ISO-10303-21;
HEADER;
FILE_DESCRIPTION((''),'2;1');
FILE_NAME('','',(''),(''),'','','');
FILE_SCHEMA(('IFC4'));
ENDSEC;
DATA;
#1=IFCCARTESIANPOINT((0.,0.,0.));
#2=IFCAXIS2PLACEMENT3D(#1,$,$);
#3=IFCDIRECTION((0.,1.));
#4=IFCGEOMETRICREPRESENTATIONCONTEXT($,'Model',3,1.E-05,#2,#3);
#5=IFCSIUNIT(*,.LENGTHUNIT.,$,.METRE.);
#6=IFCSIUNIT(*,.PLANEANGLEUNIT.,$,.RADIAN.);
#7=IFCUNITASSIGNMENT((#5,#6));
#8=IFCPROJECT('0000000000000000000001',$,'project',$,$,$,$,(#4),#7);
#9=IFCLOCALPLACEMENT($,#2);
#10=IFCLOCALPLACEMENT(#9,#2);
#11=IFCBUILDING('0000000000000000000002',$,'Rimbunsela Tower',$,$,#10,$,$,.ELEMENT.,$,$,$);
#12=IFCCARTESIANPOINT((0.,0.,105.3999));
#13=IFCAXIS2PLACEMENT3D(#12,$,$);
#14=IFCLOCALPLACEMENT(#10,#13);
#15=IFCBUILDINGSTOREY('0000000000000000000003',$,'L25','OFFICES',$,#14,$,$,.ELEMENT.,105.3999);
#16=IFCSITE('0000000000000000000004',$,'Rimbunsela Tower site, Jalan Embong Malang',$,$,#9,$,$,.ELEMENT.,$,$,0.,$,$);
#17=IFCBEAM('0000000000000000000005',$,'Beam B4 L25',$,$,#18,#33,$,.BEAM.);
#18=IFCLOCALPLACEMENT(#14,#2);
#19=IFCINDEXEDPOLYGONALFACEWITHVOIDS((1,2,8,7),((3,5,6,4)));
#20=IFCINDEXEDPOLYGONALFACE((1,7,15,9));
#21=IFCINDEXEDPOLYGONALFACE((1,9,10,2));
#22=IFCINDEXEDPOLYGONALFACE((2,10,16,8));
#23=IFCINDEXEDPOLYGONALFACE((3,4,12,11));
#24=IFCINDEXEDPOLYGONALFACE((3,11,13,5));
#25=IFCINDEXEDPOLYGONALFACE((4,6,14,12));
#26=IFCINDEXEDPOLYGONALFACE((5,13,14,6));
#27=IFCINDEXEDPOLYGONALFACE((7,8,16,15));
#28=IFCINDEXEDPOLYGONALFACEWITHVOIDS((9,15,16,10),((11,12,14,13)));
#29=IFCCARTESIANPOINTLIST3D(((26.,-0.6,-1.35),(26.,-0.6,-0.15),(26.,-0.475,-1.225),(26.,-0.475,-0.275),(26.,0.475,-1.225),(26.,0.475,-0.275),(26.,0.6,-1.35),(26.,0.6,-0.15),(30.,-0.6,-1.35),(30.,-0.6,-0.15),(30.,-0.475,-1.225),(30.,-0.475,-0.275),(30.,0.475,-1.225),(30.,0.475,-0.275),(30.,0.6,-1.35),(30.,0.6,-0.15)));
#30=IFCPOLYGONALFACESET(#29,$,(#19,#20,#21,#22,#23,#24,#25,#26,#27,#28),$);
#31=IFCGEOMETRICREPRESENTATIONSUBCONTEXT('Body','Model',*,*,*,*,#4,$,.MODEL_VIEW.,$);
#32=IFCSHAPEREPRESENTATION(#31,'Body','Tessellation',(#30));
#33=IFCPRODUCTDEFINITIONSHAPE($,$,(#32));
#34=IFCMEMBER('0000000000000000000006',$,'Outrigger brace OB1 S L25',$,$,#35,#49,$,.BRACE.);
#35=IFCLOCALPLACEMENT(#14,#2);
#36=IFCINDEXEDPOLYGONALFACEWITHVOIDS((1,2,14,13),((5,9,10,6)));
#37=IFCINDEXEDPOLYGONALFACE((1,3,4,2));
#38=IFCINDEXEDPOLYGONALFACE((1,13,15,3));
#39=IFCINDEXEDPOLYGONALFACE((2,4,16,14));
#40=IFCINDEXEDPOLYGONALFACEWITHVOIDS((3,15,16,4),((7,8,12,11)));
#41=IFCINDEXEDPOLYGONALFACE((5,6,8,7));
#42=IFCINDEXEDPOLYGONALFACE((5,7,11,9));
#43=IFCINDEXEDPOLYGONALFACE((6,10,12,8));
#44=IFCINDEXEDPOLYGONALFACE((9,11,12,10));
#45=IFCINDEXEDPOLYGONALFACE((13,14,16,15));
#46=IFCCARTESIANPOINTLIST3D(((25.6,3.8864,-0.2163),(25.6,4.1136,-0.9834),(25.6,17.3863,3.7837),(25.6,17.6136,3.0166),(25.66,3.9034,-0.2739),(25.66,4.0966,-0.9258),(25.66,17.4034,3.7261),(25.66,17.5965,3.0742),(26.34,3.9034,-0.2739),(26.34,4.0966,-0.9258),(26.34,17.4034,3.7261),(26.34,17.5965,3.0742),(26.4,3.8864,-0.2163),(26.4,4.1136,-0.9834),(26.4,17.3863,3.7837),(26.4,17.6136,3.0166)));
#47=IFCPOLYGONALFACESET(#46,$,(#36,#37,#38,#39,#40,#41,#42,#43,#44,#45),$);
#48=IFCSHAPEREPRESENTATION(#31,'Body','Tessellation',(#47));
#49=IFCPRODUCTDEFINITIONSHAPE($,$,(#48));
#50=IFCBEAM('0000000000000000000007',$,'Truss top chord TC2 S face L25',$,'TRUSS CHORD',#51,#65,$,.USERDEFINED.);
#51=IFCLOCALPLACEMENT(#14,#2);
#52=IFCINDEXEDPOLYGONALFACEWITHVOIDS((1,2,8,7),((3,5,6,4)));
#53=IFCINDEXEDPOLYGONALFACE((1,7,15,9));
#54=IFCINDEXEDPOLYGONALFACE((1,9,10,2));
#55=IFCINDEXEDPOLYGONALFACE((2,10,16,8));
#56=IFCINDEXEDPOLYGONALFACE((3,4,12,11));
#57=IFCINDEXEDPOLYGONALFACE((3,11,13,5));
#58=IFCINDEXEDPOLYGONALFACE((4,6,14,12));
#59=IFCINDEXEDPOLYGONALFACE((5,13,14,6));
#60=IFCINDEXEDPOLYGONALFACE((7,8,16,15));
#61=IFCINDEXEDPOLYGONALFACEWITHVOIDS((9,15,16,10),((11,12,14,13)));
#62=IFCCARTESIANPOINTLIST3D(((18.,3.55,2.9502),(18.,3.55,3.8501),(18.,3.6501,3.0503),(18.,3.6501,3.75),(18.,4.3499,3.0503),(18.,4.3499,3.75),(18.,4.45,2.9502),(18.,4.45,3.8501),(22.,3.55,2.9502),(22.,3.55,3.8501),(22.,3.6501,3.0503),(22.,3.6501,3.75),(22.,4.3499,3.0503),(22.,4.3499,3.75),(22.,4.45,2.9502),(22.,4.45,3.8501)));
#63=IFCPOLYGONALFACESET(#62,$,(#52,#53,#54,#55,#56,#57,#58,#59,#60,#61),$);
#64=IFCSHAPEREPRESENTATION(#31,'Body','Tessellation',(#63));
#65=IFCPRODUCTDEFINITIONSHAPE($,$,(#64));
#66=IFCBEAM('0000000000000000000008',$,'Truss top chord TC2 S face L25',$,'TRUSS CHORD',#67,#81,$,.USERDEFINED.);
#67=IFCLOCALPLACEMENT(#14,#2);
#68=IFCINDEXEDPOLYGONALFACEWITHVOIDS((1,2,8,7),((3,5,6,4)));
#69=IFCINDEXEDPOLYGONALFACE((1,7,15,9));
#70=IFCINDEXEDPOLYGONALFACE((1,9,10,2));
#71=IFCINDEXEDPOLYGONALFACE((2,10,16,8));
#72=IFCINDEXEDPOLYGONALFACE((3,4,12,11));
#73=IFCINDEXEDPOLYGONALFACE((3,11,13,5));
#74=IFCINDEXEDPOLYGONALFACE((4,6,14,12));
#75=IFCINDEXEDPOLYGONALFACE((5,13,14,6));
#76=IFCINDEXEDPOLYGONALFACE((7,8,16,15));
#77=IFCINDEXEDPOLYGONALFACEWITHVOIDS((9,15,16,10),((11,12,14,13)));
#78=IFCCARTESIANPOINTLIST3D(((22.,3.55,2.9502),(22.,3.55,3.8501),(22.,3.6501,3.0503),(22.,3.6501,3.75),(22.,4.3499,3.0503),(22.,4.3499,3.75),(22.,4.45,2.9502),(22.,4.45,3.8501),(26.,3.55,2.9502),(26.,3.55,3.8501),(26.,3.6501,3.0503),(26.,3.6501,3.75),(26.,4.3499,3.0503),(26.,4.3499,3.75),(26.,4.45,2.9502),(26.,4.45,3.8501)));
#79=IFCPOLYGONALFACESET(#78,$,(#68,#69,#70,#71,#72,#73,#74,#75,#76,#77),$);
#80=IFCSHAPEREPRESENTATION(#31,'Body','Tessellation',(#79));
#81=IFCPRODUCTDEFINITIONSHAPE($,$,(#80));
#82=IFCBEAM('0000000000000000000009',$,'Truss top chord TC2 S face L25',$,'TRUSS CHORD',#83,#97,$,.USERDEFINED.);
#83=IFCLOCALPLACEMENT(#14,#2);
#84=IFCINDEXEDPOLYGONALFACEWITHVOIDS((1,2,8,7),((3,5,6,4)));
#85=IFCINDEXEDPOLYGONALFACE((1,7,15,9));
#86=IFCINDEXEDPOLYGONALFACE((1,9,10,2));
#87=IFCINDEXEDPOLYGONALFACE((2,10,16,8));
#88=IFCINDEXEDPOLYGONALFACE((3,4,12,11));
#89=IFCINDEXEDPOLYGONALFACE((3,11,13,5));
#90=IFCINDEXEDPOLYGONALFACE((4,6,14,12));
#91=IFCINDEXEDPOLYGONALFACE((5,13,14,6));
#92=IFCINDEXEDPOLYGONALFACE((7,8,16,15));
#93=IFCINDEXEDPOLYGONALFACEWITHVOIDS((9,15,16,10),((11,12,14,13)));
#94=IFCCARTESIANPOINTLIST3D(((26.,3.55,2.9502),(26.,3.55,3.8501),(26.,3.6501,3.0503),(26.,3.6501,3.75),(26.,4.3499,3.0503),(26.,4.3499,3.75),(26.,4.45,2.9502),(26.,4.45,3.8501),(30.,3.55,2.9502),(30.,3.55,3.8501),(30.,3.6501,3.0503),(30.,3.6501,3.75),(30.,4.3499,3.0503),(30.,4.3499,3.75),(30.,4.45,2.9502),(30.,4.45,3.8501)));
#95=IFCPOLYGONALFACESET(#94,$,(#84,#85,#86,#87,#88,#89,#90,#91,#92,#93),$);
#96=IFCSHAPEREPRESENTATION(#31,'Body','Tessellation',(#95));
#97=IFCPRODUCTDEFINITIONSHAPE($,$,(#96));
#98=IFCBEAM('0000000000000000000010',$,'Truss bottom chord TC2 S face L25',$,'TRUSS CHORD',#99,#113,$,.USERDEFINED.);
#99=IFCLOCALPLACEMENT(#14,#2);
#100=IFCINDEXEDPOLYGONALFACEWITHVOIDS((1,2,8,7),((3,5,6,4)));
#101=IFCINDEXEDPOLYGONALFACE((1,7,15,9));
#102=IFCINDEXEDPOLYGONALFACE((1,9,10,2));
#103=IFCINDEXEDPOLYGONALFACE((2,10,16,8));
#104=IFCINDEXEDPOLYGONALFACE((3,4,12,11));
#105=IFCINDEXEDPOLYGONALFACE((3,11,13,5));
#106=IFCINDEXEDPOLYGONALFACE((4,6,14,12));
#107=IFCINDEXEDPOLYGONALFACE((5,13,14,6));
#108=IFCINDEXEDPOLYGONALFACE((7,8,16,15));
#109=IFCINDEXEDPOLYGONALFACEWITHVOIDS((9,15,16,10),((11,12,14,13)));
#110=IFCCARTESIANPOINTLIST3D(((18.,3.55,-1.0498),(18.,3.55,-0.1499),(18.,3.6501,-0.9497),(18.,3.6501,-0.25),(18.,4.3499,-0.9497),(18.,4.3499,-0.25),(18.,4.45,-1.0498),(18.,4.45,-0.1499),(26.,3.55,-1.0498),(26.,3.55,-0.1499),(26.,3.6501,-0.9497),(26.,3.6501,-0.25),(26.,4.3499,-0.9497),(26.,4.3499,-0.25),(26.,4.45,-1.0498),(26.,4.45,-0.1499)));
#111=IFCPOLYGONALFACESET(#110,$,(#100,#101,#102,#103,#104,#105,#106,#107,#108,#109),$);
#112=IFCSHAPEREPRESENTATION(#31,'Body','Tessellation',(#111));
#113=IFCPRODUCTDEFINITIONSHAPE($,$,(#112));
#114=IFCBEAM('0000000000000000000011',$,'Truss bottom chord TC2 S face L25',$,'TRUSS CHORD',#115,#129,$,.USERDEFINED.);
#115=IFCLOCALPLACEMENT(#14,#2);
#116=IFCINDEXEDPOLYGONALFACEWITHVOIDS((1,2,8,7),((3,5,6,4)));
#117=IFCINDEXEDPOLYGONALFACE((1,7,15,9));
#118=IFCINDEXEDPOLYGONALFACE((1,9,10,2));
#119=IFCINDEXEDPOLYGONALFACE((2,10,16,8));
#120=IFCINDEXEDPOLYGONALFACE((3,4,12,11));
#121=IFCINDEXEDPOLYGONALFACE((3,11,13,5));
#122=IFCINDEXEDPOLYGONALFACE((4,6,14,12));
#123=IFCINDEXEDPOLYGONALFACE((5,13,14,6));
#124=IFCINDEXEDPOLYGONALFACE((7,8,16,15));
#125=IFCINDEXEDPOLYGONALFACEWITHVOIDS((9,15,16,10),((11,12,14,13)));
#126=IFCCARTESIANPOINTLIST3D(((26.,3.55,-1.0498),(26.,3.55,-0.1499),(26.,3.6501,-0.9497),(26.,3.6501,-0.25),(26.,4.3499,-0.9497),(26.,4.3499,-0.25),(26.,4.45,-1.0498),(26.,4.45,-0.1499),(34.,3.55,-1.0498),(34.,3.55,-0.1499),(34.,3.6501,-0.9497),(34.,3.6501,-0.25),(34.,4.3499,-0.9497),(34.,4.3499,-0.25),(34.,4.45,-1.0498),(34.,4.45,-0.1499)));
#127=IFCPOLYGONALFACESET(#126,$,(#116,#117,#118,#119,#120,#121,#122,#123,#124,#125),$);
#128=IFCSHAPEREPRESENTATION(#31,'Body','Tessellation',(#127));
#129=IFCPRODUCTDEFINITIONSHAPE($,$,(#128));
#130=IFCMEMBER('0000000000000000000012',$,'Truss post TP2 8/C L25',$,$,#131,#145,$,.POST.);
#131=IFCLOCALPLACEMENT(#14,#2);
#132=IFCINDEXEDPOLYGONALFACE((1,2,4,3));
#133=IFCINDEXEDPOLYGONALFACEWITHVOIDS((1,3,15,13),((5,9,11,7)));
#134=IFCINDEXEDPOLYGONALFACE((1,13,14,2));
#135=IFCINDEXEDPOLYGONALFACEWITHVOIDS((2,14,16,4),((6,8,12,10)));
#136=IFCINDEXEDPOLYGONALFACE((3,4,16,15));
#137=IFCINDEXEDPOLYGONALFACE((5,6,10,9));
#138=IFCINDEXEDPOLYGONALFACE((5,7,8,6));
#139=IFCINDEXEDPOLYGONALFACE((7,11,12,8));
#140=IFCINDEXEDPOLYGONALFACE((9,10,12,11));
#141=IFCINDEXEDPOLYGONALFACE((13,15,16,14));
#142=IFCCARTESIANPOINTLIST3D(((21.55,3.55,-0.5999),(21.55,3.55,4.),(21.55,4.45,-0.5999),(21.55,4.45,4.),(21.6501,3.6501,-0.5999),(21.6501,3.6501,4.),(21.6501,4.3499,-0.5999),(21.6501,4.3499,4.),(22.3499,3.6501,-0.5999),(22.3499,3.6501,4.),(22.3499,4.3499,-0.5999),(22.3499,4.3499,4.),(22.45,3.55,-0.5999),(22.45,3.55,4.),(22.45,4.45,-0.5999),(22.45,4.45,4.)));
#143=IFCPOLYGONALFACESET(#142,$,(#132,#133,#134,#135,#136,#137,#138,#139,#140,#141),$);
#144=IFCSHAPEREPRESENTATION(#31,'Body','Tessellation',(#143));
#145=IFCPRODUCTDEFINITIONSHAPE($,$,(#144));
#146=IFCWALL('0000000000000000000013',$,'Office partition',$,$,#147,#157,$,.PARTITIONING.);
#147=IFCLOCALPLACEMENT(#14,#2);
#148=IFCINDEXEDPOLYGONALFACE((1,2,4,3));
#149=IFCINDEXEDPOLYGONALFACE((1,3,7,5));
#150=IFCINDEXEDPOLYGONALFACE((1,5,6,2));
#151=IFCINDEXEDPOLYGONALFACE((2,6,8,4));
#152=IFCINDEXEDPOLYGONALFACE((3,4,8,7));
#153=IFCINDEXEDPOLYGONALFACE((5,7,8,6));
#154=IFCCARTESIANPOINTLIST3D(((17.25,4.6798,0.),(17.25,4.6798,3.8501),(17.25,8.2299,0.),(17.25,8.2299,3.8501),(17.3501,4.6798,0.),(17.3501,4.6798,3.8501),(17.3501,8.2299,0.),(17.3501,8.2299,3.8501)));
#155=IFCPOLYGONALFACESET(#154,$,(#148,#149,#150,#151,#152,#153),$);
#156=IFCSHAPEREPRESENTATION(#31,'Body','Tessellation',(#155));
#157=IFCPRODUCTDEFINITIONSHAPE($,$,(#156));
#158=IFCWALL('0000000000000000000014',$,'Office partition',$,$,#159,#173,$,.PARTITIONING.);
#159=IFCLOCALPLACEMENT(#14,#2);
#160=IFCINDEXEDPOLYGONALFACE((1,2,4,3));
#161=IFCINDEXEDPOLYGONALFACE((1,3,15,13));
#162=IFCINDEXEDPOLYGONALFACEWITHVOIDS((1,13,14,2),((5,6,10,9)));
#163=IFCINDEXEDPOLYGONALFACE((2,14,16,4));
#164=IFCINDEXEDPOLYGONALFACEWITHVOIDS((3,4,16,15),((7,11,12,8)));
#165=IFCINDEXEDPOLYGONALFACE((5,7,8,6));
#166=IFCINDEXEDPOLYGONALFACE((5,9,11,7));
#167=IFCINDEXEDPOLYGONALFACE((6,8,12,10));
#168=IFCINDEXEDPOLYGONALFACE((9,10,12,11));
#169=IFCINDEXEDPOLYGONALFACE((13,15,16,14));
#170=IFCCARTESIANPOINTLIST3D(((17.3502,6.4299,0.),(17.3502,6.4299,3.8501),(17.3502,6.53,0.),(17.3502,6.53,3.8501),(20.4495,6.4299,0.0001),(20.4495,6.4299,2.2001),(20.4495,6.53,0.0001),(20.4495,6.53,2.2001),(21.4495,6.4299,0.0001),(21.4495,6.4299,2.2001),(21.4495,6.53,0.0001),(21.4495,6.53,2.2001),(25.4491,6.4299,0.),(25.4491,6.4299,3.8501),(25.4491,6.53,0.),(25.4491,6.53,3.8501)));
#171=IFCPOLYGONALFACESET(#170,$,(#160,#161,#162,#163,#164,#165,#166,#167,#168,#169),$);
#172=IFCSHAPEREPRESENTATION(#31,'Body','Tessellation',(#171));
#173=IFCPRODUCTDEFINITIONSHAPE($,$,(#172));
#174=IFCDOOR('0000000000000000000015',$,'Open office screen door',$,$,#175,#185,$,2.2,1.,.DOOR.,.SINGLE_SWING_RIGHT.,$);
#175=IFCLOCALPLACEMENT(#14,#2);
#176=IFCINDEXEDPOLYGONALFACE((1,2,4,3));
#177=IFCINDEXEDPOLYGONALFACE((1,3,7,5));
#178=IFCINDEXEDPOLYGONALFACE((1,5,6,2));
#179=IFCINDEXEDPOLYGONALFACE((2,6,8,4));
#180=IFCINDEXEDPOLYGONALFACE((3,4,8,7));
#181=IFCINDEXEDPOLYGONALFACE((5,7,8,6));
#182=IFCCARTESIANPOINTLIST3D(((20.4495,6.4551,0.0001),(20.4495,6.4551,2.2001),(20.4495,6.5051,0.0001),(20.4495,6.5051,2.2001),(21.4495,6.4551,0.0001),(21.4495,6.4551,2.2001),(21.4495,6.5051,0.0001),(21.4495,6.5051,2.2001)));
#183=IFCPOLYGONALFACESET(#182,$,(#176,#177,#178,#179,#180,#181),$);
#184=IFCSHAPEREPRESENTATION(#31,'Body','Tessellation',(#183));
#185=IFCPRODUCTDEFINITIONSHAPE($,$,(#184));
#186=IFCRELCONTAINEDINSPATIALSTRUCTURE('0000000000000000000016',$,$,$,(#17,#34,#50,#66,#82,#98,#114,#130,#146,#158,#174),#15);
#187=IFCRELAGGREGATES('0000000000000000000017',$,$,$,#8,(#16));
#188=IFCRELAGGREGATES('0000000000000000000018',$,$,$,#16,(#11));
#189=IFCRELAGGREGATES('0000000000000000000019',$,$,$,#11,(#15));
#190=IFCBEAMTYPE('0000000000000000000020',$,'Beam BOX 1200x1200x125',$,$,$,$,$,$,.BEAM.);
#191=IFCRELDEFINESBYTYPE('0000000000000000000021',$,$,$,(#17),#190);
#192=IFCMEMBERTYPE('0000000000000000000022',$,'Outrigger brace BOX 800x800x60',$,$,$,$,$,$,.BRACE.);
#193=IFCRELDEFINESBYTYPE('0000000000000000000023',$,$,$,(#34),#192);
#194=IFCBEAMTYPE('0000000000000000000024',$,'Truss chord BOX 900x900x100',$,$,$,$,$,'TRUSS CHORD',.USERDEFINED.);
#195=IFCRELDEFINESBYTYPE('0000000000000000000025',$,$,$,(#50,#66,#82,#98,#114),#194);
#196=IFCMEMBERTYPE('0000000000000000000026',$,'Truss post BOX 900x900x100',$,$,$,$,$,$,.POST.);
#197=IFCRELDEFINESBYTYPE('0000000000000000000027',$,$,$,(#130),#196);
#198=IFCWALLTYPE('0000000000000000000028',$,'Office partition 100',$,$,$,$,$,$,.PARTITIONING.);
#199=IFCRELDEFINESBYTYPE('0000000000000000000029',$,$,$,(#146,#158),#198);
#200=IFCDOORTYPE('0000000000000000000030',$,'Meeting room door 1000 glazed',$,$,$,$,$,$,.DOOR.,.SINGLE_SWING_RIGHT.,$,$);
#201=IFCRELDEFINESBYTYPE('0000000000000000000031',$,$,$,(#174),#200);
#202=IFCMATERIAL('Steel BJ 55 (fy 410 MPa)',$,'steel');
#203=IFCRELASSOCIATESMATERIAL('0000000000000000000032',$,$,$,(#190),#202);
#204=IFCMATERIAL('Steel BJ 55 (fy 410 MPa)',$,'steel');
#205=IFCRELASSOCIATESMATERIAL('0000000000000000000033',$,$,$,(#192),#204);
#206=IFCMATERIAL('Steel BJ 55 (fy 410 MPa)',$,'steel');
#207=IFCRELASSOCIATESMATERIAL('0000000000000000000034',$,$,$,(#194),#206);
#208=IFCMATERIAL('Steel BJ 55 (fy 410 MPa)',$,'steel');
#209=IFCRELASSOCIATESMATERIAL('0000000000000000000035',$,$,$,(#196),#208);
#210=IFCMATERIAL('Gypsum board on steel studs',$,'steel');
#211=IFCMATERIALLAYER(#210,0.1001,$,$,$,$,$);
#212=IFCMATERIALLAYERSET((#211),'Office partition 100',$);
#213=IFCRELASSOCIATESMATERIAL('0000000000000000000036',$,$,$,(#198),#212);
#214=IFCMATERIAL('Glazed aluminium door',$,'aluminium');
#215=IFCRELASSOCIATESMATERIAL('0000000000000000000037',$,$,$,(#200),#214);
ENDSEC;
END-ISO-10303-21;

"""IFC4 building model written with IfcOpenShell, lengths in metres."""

from ifc_helpers import new_model, si_unit, direction, frame, frame_2d, origin, origin_2d, place, context, subcontext, project, spatial, rectangle, hollow_rectangle, extrude, material, layer, layer_set, material_profile, profile_set, type_object, element, fill, save


model = new_model("IFC4")

# Units and contexts
model_context = context("Model", 3, precision=1e-05, world=origin(), true_north=direction((0.0, 1.0)))
body_context = subcontext(model_context, "Body", "Model", "MODEL_VIEW")
ifc_project = project(units=[si_unit("LENGTHUNIT", "METRE"), si_unit("PLANEANGLEUNIT", "RADIAN")], contexts=[model_context])

# Site, building, storey
site_placement = place(None, origin())
site = spatial("IfcSite", under=ifc_project, at=site_placement, Name="Rimbunsela Tower site, Jalan Embong Malang", CompositionType="ELEMENT", RefElevation=0.0)
building_placement = place(site_placement, origin())
building = spatial("IfcBuilding", under=site, at=building_placement, Name="Rimbunsela Tower", CompositionType="ELEMENT")
storey_placement = place(building_placement, frame((0.0, 0.0, 105.3999)))
storey = spatial("IfcBuildingStorey", under=building, at=storey_placement, Name="L25", Description="OFFICES", CompositionType="ELEMENT", Elevation=105.3999)

# Beam
ifc_material_1 = material(Name="Steel BJ 55 (fy 410 MPa)", Category="steel")
ifc_material_profile_1 = material_profile(ifc_material_1, hollow_rectangle(XDim=1.2, YDim=1.2, WallThickness=0.125, at=origin_2d()), Name="BOX 1200x1200x125")
ifc_profile_set_1 = profile_set([ifc_material_profile_1], Name="Steel BJ 55 (fy 410 MPa)")
beam_type_1 = type_object("IfcBeamType", Name="Beam BOX 1200x1200x125", PredefinedType="BEAM", material=ifc_profile_set_1)
for number, where, z_axis, x_axis, name in (
    (1, (26.0, 0.0, -0.75), (1.0, 0.0, 0.0), (0.0, 1.0, 0.0), "Beam B4 L25"),
):
    element("IfcBeam", number, at=place(storey_placement, frame(where, z_axis=z_axis, x_axis=x_axis)), inside=storey, type_object=beam_type_1, Name=name, PredefinedType="BEAM", context=body_context, shape_type="SweptSolid", body=[
        extrude(hollow_rectangle(XDim=1.2, YDim=1.2, WallThickness=0.125, at=origin_2d()), origin(), (0.0, 0.0, 1.0), 4.0),
    ])

# Member
ifc_material_2 = material(Name="Steel BJ 55 (fy 410 MPa)", Category="steel")
ifc_material_profile_2 = material_profile(ifc_material_2, hollow_rectangle(XDim=0.8, YDim=0.8, WallThickness=0.0601, at=origin_2d()), Name="BOX 800x800x60")
ifc_profile_set_2 = profile_set([ifc_material_profile_2], Name="Steel BJ 55 (fy 410 MPa)")
member_type_1 = type_object("IfcMemberType", Name="Outrigger brace BOX 800x800x60", PredefinedType="BRACE", material=ifc_profile_set_2)
member_1_placement = place(storey_placement, frame((26.0, 4.0, -0.5999), z_axis=(0.0, 0.958798, 0.284088), x_axis=(-1.0, 0.0, 0.0)))
element("IfcMember", 2, at=member_1_placement, inside=storey, type_object=member_type_1, Name="Outrigger brace OB1 S L25", PredefinedType="BRACE", context=body_context, shape_type="SweptSolid", body=[
    extrude(hollow_rectangle(XDim=0.8, YDim=0.8, WallThickness=0.0601, at=origin_2d()), origin(), (0.0, 0.0, 1.0), 14.0801),
])

# Beams
ifc_material_3 = material(Name="Steel BJ 55 (fy 410 MPa)", Category="steel")
ifc_material_profile_3 = material_profile(ifc_material_3, hollow_rectangle(XDim=0.8999, YDim=0.8999, WallThickness=0.1001, at=origin_2d()), Name="BOX 900x900x100")
ifc_profile_set_3 = profile_set([ifc_material_profile_3], Name="Steel BJ 55 (fy 410 MPa)")
beam_type_2 = type_object("IfcBeamType", Name="Truss chord BOX 900x900x100", ElementType="TRUSS CHORD", PredefinedType="USERDEFINED", material=ifc_profile_set_3)
for number, where, z_axis, x_axis, name in (
    (3, (18.0, 4.0, 3.4001), (1.0, 0.0, 0.0), (0.0, 1.0, 0.0), "Truss top chord TC2 S face L25"),
    (4, (22.0, 4.0, 3.4001), (1.0, 0.0, 0.0), (0.0, 1.0, 0.0), "Truss top chord TC2 S face L25"),
    (5, (26.0, 4.0, 3.4001), (1.0, 0.0, 0.0), (0.0, 1.0, 0.0), "Truss top chord TC2 S face L25"),
):
    element("IfcBeam", number, at=place(storey_placement, frame(where, z_axis=z_axis, x_axis=x_axis)), inside=storey, type_object=beam_type_2, Name=name, ObjectType="TRUSS CHORD", PredefinedType="USERDEFINED", context=body_context, shape_type="SweptSolid", body=[
        extrude(hollow_rectangle(XDim=0.8999, YDim=0.8999, WallThickness=0.1001, at=origin_2d()), origin(), (0.0, 0.0, 1.0), 4.0),
    ])
for number, where, z_axis, x_axis, name in (
    (6, (18.0, 4.0, -0.5999), (1.0, 0.0, 0.0), (0.0, 1.0, 0.0), "Truss bottom chord TC2 S face L25"),
    (7, (26.0, 4.0, -0.5999), (1.0, 0.0, 0.0), (0.0, 1.0, 0.0), "Truss bottom chord TC2 S face L25"),
):
    element("IfcBeam", number, at=place(storey_placement, frame(where, z_axis=z_axis, x_axis=x_axis)), inside=storey, type_object=beam_type_2, Name=name, ObjectType="TRUSS CHORD", PredefinedType="USERDEFINED", context=body_context, shape_type="SweptSolid", body=[
        extrude(hollow_rectangle(XDim=0.8999, YDim=0.8999, WallThickness=0.1001, at=origin_2d()), origin(), (0.0, 0.0, 1.0), 8.0),
    ])

# Member
ifc_material_4 = material(Name="Steel BJ 55 (fy 410 MPa)", Category="steel")
ifc_material_profile_4 = material_profile(ifc_material_4, hollow_rectangle(XDim=0.8999, YDim=0.8999, WallThickness=0.1001, at=origin_2d()), Name="BOX 900x900x100")
ifc_profile_set_4 = profile_set([ifc_material_profile_4], Name="Steel BJ 55 (fy 410 MPa)")
member_type_2 = type_object("IfcMemberType", Name="Truss post BOX 900x900x100", PredefinedType="POST", material=ifc_profile_set_4)
member_2_placement = place(storey_placement, frame((22.0, 4.0, -0.5999), z_axis=(0.0, 0.0, 1.0), x_axis=(1.0, 0.0, 0.0)))
element("IfcMember", 8, at=member_2_placement, inside=storey, type_object=member_type_2, Name="Truss post TP2 8/C L25", PredefinedType="POST", context=body_context, shape_type="SweptSolid", body=[
    extrude(hollow_rectangle(XDim=0.8999, YDim=0.8999, WallThickness=0.1001, at=origin_2d()), origin(), (0.0, 0.0, 1.0), 4.5999),
])

# Wall
ifc_material_5 = material(Name="Gypsum board on steel studs", Category="steel")
ifc_layer_1 = layer(ifc_material_5, 0.1001)
ifc_layer_set_1 = layer_set([ifc_layer_1], Name="Office partition 100")
wall_type_1 = type_object("IfcWallType", Name="Office partition 100", PredefinedType="PARTITIONING", material=ifc_layer_set_1)
wall_1_placement = place(storey_placement, frame((17.3, 4.6799, 0.0), z_axis=(0.0, 0.0, 1.0), x_axis=(0.0, 1.0, 0.0)))
element("IfcWall", 9, at=wall_1_placement, inside=storey, type_object=wall_type_1, Name="Office partition", PredefinedType="PARTITIONING", context=body_context, shape_type="SweptSolid", body=[
    extrude(rectangle(XDim=3.55, YDim=0.1001, at=frame_2d((1.7749, 0.0))), origin(), (0.0, 0.0, 1.0), 3.8501),
])

# Wall, opening, door
wall_2_placement = place(storey_placement, frame((25.449, 6.48, 0.0), z_axis=(0.0, 0.0, 1.0), x_axis=(-1.0, 0.0, 0.0)))
wall_2 = element("IfcWall", 10, at=wall_2_placement, inside=storey, type_object=wall_type_1, Name="Office partition", PredefinedType="PARTITIONING", context=body_context, shape_type="SweptSolid", body=[
    extrude(rectangle(XDim=8.0989, YDim=0.1001, at=frame_2d((4.0493, 0.0))), origin(), (0.0, 0.0, 1.0), 3.8501),
])
opening_placement = place(wall_2_placement, frame((3.9995, 0.0, 0.0)))
opening = element("IfcOpeningElement", 11, at=opening_placement, cuts=wall_2, PredefinedType="OPENING", context=body_context, shape_type="SweptSolid", body=[
    extrude(rectangle(XDim=1.0, YDim=2.2, at=frame_2d((0.5, 1.1001))), frame((0.0, 0.0601, 0.0), z_axis=(0.0, -1.0, 0.0), x_axis=(1.0, 0.0, 0.0)), (0.0, 0.0, 1.0), 0.1201),
])
ifc_material_6 = material(Name="Glazed aluminium door", Category="aluminium")
door_type = type_object("IfcDoorType", Name="Meeting room door 1000 glazed", OperationType="SINGLE_SWING_RIGHT", PredefinedType="DOOR", material=ifc_material_6)
door_placement = place(opening_placement, origin())
door = element("IfcDoor", 12, at=door_placement, inside=storey, type_object=door_type, Name="Open office screen door", OperationType="SINGLE_SWING_RIGHT", OverallHeight=2.2, OverallWidth=1.0, PredefinedType="DOOR", context=body_context, shape_type="SweptSolid", body=[
    extrude(rectangle(XDim=1.0, YDim=2.2, at=frame_2d((0.5, 1.1001))), frame((0.0, 0.0249, 0.0), z_axis=(0.0, -1.0, 0.0), x_axis=(1.0, 0.0, 0.0)), (0.0, 0.0, 1.0), 0.05),
])
fill(opening, door)

save(model, "model.ifc")
